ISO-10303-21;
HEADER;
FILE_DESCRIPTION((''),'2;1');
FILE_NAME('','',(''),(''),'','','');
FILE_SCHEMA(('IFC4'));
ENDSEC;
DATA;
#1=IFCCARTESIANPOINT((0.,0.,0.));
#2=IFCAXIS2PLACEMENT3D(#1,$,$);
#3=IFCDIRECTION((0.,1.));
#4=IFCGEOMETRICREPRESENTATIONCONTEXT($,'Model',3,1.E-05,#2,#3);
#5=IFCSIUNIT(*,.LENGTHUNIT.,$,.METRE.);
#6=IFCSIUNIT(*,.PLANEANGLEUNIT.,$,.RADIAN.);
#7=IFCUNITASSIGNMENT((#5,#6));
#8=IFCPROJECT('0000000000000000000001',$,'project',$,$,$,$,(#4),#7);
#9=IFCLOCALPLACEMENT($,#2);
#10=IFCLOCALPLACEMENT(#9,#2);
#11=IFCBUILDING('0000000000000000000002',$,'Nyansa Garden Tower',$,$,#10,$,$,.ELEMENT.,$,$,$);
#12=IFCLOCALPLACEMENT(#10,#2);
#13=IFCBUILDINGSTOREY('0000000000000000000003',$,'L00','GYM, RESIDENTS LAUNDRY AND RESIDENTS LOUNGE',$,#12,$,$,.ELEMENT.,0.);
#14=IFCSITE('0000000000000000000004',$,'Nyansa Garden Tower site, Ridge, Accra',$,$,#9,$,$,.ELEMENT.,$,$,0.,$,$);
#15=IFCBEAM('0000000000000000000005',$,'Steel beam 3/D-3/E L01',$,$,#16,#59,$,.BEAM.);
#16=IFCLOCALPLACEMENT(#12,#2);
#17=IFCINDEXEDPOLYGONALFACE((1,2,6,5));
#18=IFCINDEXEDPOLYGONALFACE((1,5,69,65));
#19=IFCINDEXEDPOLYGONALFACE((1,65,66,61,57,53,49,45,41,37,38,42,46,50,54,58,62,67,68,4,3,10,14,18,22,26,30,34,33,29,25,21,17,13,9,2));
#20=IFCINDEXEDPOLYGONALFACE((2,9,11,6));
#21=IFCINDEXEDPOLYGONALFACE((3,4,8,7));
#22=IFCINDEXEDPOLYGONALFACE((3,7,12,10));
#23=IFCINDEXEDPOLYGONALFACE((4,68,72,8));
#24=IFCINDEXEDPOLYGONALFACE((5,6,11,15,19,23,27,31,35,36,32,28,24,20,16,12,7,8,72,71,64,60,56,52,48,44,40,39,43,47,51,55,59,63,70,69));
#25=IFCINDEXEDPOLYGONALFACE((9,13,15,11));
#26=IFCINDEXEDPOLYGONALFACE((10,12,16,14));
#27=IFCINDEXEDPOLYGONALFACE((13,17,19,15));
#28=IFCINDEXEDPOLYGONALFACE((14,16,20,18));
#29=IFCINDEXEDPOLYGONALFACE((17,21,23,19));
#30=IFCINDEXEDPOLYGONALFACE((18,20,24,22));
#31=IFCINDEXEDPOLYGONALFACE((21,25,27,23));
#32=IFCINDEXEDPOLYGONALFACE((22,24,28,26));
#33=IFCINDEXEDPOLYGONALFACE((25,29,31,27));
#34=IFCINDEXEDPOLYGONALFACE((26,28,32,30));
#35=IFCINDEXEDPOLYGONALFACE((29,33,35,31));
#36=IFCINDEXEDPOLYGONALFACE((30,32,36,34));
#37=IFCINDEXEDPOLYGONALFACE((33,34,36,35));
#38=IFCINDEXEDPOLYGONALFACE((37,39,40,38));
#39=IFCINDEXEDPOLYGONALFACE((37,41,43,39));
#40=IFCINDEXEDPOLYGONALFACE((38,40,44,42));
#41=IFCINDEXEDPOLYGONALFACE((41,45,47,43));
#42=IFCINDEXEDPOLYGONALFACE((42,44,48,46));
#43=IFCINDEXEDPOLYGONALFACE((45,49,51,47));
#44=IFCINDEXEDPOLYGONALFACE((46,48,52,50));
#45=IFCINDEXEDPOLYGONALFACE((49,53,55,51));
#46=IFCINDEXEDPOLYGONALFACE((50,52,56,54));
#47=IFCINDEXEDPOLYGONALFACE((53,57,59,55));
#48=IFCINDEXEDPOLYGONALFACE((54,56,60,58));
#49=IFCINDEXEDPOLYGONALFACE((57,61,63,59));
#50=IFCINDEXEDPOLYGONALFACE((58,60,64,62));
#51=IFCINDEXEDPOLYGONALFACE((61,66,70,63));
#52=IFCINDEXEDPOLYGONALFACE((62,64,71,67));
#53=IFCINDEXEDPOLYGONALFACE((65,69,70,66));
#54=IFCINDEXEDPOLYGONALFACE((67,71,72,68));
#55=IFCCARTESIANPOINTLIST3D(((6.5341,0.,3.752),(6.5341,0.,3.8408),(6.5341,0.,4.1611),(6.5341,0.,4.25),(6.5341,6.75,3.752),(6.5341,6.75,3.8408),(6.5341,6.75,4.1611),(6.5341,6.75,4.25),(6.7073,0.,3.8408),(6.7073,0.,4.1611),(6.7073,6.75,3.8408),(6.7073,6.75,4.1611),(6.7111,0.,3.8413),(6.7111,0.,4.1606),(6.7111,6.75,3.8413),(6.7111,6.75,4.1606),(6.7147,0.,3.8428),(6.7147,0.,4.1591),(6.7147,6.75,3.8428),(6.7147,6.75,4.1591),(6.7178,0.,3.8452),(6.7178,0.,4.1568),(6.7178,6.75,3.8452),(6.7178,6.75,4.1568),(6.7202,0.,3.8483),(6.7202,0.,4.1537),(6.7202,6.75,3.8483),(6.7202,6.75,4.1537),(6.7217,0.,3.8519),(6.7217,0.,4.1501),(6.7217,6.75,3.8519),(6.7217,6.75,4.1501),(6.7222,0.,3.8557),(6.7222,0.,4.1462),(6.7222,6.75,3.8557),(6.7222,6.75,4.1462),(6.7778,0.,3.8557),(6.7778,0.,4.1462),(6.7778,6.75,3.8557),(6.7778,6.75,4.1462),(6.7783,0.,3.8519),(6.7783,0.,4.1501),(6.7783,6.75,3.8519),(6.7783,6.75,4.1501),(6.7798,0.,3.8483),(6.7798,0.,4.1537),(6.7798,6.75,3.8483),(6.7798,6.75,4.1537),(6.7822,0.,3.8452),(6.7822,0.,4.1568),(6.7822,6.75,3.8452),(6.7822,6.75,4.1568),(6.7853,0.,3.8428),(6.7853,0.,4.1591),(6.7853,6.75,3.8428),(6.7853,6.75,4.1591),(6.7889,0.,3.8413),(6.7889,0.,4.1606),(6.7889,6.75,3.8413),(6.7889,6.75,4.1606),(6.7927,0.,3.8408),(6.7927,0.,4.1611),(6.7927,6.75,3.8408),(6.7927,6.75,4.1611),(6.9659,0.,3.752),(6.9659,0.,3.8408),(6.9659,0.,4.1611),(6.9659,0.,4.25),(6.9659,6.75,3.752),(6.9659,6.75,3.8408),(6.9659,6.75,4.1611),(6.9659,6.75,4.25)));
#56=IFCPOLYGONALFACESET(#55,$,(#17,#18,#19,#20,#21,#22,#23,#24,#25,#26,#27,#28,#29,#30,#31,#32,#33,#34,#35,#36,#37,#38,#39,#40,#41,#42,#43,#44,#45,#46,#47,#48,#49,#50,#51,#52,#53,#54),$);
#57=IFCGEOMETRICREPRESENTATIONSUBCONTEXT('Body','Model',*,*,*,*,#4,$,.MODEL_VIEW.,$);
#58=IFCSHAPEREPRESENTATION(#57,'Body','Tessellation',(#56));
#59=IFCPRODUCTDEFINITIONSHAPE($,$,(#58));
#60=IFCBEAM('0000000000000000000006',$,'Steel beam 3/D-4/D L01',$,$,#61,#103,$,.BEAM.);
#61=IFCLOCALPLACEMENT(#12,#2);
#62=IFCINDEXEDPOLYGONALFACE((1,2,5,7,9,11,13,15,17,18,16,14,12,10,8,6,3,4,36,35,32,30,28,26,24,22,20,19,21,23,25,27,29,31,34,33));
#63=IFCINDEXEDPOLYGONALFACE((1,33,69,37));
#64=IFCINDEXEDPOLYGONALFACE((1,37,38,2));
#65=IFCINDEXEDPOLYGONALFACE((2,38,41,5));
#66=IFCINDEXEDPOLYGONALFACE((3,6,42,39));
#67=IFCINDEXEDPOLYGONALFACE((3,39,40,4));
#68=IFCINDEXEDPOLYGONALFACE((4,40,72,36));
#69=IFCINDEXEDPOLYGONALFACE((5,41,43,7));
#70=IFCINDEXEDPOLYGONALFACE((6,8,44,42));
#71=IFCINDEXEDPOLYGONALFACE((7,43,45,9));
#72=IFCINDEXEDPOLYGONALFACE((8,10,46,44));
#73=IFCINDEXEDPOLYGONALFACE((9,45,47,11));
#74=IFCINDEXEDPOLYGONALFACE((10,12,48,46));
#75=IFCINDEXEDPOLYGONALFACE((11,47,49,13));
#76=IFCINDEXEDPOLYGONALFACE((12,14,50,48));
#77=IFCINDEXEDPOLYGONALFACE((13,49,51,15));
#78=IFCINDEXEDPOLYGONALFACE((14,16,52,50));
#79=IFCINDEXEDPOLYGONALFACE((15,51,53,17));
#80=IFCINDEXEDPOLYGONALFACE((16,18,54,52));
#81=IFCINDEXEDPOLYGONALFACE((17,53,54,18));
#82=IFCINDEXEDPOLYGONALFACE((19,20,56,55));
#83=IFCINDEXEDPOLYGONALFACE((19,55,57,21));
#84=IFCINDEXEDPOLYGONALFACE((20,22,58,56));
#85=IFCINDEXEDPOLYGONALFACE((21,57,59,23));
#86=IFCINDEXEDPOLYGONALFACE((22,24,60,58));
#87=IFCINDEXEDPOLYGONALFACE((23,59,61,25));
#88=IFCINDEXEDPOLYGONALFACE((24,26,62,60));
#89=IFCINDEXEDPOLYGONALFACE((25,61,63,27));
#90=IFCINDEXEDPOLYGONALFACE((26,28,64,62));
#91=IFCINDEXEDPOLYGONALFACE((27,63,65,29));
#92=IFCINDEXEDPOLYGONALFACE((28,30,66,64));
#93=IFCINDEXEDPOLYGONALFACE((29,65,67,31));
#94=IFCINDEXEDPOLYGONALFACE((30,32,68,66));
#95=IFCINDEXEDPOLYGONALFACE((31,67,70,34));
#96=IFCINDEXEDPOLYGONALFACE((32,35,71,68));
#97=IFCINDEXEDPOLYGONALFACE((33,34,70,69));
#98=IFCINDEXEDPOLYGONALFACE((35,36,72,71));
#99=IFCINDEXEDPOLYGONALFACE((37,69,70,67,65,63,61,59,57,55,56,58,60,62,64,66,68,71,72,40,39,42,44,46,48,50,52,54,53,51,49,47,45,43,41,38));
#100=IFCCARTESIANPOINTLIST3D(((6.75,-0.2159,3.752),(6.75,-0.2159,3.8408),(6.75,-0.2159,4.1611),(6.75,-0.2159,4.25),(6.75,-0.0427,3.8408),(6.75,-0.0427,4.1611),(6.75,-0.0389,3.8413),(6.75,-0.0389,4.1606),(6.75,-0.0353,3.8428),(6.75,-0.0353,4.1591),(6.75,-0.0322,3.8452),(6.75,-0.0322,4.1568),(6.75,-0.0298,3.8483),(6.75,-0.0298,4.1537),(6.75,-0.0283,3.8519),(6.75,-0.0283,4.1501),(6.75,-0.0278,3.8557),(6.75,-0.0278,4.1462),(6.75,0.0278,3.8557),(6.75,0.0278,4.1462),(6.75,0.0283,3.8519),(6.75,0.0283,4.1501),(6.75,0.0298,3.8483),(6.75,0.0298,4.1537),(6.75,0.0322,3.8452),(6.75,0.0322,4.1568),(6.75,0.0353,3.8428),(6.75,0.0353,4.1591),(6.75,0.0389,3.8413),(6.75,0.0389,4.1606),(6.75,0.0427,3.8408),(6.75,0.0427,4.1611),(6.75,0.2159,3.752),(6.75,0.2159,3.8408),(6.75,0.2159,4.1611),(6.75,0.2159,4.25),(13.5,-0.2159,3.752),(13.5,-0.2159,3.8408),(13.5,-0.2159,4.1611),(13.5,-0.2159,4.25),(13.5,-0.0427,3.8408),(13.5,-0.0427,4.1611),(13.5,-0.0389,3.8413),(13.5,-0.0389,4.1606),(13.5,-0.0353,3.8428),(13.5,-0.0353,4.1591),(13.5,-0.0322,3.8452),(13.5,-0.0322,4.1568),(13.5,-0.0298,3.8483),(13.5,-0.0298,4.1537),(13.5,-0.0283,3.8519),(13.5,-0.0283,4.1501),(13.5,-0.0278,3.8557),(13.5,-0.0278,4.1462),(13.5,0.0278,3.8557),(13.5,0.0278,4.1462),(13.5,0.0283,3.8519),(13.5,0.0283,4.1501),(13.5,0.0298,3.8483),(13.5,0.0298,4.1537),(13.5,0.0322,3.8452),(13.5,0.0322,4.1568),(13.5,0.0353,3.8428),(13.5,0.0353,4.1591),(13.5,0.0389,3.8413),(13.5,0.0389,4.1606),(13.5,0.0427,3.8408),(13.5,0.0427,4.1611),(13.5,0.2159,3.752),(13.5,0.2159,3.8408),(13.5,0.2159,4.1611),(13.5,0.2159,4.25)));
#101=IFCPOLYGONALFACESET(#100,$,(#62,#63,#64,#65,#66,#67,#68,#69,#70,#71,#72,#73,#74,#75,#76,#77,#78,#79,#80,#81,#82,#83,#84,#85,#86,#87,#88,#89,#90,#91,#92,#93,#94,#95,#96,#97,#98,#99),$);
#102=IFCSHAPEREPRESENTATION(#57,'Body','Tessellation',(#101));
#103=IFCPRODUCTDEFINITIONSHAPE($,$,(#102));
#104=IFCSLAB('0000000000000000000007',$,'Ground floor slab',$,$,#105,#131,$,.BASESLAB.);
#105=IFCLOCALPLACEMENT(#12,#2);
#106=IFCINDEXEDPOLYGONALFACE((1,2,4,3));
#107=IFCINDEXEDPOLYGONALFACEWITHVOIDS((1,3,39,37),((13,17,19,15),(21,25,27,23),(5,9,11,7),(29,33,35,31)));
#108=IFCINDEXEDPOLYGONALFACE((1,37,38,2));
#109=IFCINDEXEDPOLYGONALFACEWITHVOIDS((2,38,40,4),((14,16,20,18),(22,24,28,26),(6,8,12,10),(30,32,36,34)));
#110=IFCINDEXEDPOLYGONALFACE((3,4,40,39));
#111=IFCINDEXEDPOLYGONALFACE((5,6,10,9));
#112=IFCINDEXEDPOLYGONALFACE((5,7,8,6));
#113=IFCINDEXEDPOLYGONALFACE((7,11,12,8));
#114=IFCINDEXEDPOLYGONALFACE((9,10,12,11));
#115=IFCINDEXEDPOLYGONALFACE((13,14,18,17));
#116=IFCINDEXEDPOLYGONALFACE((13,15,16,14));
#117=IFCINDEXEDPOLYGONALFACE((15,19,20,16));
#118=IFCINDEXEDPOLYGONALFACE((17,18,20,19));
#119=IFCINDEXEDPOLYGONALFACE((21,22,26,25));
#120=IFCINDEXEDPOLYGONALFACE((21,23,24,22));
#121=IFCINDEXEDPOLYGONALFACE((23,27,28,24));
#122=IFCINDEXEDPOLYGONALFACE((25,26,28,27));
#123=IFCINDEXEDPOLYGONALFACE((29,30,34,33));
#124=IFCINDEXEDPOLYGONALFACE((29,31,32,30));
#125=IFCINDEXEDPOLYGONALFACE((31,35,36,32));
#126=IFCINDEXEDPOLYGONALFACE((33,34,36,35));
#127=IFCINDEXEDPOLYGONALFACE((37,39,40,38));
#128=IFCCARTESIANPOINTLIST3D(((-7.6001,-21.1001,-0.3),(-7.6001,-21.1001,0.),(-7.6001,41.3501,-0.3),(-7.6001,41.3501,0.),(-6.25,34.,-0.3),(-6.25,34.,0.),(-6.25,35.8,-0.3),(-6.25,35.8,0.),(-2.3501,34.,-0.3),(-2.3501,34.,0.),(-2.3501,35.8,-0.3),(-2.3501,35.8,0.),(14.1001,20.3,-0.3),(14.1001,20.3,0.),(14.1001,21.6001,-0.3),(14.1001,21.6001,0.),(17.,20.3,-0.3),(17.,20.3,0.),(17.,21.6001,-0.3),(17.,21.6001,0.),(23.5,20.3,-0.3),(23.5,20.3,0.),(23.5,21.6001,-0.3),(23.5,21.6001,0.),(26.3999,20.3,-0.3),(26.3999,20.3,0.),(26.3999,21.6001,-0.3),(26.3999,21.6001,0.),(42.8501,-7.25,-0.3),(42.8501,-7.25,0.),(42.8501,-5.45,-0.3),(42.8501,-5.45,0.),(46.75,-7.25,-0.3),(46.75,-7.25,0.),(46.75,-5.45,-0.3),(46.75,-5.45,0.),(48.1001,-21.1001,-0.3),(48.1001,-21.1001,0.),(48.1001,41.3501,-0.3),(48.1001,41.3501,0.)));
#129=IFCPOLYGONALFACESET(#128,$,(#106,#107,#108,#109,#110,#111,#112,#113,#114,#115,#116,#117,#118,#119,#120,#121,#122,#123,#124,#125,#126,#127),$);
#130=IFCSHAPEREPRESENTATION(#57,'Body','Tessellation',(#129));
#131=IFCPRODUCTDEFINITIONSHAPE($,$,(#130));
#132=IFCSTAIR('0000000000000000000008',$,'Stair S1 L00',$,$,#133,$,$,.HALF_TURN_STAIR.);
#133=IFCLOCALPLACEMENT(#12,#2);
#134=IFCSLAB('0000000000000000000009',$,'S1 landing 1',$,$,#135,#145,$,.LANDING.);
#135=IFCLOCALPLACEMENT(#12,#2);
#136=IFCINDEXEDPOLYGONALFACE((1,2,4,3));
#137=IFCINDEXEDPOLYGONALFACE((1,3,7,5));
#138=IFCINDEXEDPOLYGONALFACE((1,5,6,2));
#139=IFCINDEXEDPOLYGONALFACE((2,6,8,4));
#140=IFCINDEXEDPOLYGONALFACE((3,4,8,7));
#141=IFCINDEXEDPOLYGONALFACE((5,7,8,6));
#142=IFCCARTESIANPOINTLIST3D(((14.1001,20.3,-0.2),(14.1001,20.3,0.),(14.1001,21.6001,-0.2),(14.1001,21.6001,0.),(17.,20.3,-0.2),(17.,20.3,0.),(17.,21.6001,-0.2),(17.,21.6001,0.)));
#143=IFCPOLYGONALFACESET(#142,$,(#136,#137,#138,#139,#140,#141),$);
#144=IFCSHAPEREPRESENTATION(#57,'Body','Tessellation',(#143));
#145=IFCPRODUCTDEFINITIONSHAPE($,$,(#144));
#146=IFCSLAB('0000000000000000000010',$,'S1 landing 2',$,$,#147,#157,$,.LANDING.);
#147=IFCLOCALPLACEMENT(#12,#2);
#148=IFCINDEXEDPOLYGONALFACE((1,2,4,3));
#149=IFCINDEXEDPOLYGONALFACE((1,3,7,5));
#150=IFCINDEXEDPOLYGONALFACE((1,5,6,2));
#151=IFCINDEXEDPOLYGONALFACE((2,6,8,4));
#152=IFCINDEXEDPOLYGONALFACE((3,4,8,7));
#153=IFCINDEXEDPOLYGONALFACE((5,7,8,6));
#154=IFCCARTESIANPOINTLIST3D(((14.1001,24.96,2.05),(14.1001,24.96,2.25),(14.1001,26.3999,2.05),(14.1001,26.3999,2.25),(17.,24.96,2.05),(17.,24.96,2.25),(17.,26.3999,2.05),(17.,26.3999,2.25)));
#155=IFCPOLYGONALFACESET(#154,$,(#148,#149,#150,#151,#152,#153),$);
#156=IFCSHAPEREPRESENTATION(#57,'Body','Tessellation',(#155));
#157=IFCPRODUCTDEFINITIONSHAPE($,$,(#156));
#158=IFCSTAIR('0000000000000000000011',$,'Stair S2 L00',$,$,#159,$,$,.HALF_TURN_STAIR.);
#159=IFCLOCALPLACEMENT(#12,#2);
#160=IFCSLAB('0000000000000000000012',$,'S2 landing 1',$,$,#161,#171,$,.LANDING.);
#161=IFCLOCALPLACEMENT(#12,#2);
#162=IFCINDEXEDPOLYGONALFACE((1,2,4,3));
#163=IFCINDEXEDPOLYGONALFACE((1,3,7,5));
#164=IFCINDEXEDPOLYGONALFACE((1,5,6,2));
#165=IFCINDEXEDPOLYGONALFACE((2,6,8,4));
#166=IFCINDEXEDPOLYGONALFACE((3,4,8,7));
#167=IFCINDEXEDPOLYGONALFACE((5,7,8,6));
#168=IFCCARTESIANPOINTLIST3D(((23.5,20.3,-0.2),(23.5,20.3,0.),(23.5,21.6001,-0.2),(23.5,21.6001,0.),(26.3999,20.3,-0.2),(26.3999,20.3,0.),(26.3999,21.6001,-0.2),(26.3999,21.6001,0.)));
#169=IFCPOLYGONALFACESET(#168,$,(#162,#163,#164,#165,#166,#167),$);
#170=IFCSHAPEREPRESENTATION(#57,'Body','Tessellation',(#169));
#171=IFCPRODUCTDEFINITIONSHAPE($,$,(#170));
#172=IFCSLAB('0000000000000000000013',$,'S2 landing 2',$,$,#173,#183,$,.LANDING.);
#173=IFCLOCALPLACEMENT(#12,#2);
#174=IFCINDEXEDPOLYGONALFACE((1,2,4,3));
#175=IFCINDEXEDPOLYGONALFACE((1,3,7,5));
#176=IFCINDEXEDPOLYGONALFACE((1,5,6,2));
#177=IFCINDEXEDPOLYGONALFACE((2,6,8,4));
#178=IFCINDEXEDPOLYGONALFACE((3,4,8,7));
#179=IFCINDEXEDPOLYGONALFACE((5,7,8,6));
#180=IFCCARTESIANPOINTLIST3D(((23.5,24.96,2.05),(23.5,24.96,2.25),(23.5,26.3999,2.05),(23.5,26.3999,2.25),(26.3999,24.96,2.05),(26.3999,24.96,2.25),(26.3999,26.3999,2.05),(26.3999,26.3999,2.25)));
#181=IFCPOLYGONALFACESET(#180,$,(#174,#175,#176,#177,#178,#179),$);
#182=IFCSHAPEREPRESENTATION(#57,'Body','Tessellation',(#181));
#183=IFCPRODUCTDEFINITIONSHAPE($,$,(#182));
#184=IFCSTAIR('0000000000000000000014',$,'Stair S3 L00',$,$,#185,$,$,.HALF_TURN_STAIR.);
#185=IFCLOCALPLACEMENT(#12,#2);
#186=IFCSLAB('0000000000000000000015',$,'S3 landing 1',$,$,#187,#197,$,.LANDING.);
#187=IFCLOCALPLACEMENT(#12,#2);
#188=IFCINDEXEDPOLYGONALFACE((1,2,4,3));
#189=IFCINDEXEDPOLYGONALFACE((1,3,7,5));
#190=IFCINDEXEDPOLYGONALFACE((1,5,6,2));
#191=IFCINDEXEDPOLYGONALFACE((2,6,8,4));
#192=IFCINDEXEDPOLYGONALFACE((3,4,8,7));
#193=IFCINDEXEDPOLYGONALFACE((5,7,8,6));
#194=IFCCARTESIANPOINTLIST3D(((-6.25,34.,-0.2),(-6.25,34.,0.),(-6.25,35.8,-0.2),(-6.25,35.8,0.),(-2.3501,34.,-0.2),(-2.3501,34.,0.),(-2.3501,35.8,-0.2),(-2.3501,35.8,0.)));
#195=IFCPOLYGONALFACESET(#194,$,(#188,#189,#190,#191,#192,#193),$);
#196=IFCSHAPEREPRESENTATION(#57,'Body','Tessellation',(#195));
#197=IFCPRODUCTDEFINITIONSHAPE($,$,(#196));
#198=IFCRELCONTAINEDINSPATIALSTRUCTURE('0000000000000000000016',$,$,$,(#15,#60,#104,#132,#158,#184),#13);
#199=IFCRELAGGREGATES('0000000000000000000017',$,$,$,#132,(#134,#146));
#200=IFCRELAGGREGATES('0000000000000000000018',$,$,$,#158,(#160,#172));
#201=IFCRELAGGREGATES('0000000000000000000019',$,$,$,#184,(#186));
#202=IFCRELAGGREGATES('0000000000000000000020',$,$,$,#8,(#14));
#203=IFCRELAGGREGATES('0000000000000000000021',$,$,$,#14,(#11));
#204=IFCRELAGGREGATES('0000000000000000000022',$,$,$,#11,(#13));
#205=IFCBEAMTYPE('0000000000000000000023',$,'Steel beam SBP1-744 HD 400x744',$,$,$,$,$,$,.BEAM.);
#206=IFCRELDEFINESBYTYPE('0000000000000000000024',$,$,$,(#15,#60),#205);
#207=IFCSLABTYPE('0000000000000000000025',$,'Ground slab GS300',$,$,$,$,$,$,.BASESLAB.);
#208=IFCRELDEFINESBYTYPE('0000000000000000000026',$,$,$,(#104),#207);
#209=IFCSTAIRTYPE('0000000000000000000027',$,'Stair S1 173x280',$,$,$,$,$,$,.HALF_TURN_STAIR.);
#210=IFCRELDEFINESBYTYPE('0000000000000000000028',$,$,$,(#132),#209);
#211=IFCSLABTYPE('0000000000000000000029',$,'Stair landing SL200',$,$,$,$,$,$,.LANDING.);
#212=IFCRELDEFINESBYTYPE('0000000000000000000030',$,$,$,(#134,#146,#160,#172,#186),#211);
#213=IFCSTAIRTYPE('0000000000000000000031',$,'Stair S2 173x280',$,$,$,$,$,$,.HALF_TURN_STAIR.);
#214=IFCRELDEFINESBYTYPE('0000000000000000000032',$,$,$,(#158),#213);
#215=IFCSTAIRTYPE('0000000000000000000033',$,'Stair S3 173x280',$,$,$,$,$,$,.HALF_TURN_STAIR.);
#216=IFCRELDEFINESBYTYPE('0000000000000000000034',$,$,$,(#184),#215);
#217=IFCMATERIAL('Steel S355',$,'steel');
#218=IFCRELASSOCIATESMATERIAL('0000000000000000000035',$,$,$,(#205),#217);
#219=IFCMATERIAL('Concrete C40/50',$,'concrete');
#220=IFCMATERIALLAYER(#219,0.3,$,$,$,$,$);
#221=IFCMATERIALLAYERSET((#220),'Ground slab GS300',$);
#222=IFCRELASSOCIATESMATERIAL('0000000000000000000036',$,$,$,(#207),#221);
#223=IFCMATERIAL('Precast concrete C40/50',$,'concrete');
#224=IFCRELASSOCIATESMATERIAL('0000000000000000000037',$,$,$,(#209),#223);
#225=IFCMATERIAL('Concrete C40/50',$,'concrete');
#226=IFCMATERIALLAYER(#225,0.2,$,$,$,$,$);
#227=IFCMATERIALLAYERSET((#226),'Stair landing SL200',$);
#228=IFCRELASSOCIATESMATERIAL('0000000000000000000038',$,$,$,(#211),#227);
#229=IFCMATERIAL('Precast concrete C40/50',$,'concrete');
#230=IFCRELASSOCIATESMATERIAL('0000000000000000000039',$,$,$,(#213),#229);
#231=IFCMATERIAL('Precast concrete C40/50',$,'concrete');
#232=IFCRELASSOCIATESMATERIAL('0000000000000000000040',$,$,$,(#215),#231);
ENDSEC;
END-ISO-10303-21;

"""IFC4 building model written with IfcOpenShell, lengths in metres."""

from ifc_helpers import new_model, si_unit, direction, frame, origin, origin_2d, place, context, subcontext, project, spatial, polyline, i_section, outline, extrude, material, layer, layer_set, material_profile, profile_set, type_object, element, aggregate, save


model = new_model("IFC4")

# Units and contexts
model_context = context("Model", 3, precision=1e-05, world=origin(), true_north=direction((0.0, 1.0)))
body_context = subcontext(model_context, "Body", "Model", "MODEL_VIEW")
ifc_project = project(units=[si_unit("LENGTHUNIT", "METRE"), si_unit("PLANEANGLEUNIT", "RADIAN")], contexts=[model_context])

# Site, building, storey
site_placement = place(None, origin())
site = spatial("IfcSite", under=ifc_project, at=site_placement, Name="Nyansa Garden Tower site, Ridge, Accra", CompositionType="ELEMENT", RefElevation=0.0)
building_placement = place(site_placement, origin())
building = spatial("IfcBuilding", under=site, at=building_placement, Name="Nyansa Garden Tower", CompositionType="ELEMENT")
storey_placement = place(building_placement, origin())
storey = spatial("IfcBuildingStorey", under=building, at=storey_placement, Name="L00", Description="GYM, RESIDENTS LAUNDRY AND RESIDENTS LOUNGE", CompositionType="ELEMENT", Elevation=0.0)

# Beams
ifc_material_1 = material(Name="Steel S355", Category="steel")
ifc_material_profile_1 = material_profile(ifc_material_1, i_section(OverallWidth=0.4319, OverallDepth=0.498, WebThickness=0.0557, FlangeThickness=0.0889, FilletRadius=0.0149, at=origin_2d()), Name="HD 400x744")
ifc_profile_set_1 = profile_set([ifc_material_profile_1], Name="Steel S355")
beam_type = type_object("IfcBeamType", Name="Steel beam SBP1-744 HD 400x744", PredefinedType="BEAM", material=ifc_profile_set_1)
for number, where, z_axis, x_axis, name in (
    (1, (6.75, 0.0, 4.001), (0.0, 1.0, 0.0), (-1.0, 0.0, 0.0), "Steel beam 3/D-3/E L01"),
    (2, (6.75, 0.0, 4.001), (1.0, 0.0, 0.0), (0.0, 1.0, 0.0), "Steel beam 3/D-4/D L01"),
):
    element("IfcBeam", number, at=place(storey_placement, frame(where, z_axis=z_axis, x_axis=x_axis)), inside=storey, type_object=beam_type, Name=name, PredefinedType="BEAM", context=body_context, shape_type="SweptSolid", body=[
        extrude(i_section(OverallWidth=0.4319, OverallDepth=0.498, WebThickness=0.0557, FlangeThickness=0.0889, FilletRadius=0.0149, at=origin_2d()), origin(), (0.0, 0.0, 1.0), 6.75),
    ])

# Slab
ifc_material_2 = material(Name="Concrete C40/50", Category="concrete")
ifc_layer_1 = layer(ifc_material_2, 0.3)
ifc_layer_set_1 = layer_set([ifc_layer_1], Name="Ground slab GS300")
slab_type_1 = type_object("IfcSlabType", Name="Ground slab GS300", PredefinedType="BASESLAB", material=ifc_layer_set_1)
slab_1_placement = place(storey_placement, frame((0.0, 0.0, -0.3)))
element("IfcSlab", 3, at=slab_1_placement, inside=storey, type_object=slab_type_1, Name="Ground floor slab", PredefinedType="BASESLAB", context=body_context, shape_type="SweptSolid", body=[
    extrude(outline(polyline([(48.1001, -21.1001), (-7.6001, -21.1001), (-7.6001, 41.3501), (48.1001, 41.3501), (48.1001, -21.1001)]), holes=[polyline([(14.1001, 20.3), (17.0, 20.3), (17.0, 21.6001), (14.1001, 21.6001), (14.1001, 20.3)]), polyline([(23.5, 20.3), (26.3999, 20.3), (26.3999, 21.6001), (23.5, 21.6001), (23.5, 20.3)]), polyline([(-6.25, 34.0), (-2.3501, 34.0), (-2.3501, 35.8), (-6.25, 35.8), (-6.25, 34.0)]), polyline([(42.8501, -7.25), (46.75, -7.25), (46.75, -5.45), (42.8501, -5.45), (42.8501, -7.25)])]), origin(), (0.0, 0.0, 1.0), 0.3),
])

# Stairs, slabs
ifc_material_3 = material(Name="Precast concrete C40/50", Category="concrete")
stair_type_1 = type_object("IfcStairType", Name="Stair S1 173x280", PredefinedType="HALF_TURN_STAIR", material=ifc_material_3)
stair_1_placement = place(storey_placement, origin())
stair_1 = element("IfcStair", 4, at=stair_1_placement, inside=storey, type_object=stair_type_1, Name="Stair S1 L00", PredefinedType="HALF_TURN_STAIR")
ifc_material_4 = material(Name="Concrete C40/50", Category="concrete")
ifc_layer_2 = layer(ifc_material_4, 0.2)
ifc_layer_set_2 = layer_set([ifc_layer_2], Name="Stair landing SL200")
slab_type_2 = type_object("IfcSlabType", Name="Stair landing SL200", PredefinedType="LANDING", material=ifc_layer_set_2)
slab_2_placement = place(storey_placement, frame((0.0, 0.0, -0.2)))
slab_2 = element("IfcSlab", 5, at=slab_2_placement, type_object=slab_type_2, Name="S1 landing 1", PredefinedType="LANDING", context=body_context, shape_type="SweptSolid", body=[
    extrude(outline(polyline([(14.1001, 20.3), (17.0, 20.3), (17.0, 21.6001), (14.1001, 21.6001), (14.1001, 20.3)])), origin(), (0.0, 0.0, 1.0), 0.2),
])
slab_3_placement = place(storey_placement, frame((0.0, 0.0, 2.05)))
slab_3 = element("IfcSlab", 6, at=slab_3_placement, type_object=slab_type_2, Name="S1 landing 2", PredefinedType="LANDING", context=body_context, shape_type="SweptSolid", body=[
    extrude(outline(polyline([(14.1001, 24.96), (17.0, 24.96), (17.0, 26.3999), (14.1001, 26.3999), (14.1001, 24.96)])), origin(), (0.0, 0.0, 1.0), 0.2),
])
aggregate(stair_1, [slab_2, slab_3])
ifc_material_5 = material(Name="Precast concrete C40/50", Category="concrete")
stair_type_2 = type_object("IfcStairType", Name="Stair S2 173x280", PredefinedType="HALF_TURN_STAIR", material=ifc_material_5)
stair_2_placement = place(storey_placement, origin())
stair_2 = element("IfcStair", 7, at=stair_2_placement, inside=storey, type_object=stair_type_2, Name="Stair S2 L00", PredefinedType="HALF_TURN_STAIR")
slab_4_placement = place(storey_placement, frame((0.0, 0.0, -0.2)))
slab_4 = element("IfcSlab", 8, at=slab_4_placement, type_object=slab_type_2, Name="S2 landing 1", PredefinedType="LANDING", context=body_context, shape_type="SweptSolid", body=[
    extrude(outline(polyline([(23.5, 20.3), (26.3999, 20.3), (26.3999, 21.6001), (23.5, 21.6001), (23.5, 20.3)])), origin(), (0.0, 0.0, 1.0), 0.2),
])
slab_5_placement = place(storey_placement, frame((0.0, 0.0, 2.05)))
slab_5 = element("IfcSlab", 9, at=slab_5_placement, type_object=slab_type_2, Name="S2 landing 2", PredefinedType="LANDING", context=body_context, shape_type="SweptSolid", body=[
    extrude(outline(polyline([(23.5, 24.96), (26.3999, 24.96), (26.3999, 26.3999), (23.5, 26.3999), (23.5, 24.96)])), origin(), (0.0, 0.0, 1.0), 0.2),
])
aggregate(stair_2, [slab_4, slab_5])
ifc_material_6 = material(Name="Precast concrete C40/50", Category="concrete")
stair_type_3 = type_object("IfcStairType", Name="Stair S3 173x280", PredefinedType="HALF_TURN_STAIR", material=ifc_material_6)
stair_3_placement = place(storey_placement, origin())
stair_3 = element("IfcStair", 10, at=stair_3_placement, inside=storey, type_object=stair_type_3, Name="Stair S3 L00", PredefinedType="HALF_TURN_STAIR")
slab_6_placement = place(storey_placement, frame((0.0, 0.0, -0.2)))
slab_6 = element("IfcSlab", 11, at=slab_6_placement, type_object=slab_type_2, Name="S3 landing 1", PredefinedType="LANDING", context=body_context, shape_type="SweptSolid", body=[
    extrude(outline(polyline([(-6.25, 34.0), (-2.3501, 34.0), (-2.3501, 35.8), (-6.25, 35.8), (-6.25, 34.0)])), origin(), (0.0, 0.0, 1.0), 0.2),
])
aggregate(stair_3, [slab_6])

save(model, "model.ifc")
